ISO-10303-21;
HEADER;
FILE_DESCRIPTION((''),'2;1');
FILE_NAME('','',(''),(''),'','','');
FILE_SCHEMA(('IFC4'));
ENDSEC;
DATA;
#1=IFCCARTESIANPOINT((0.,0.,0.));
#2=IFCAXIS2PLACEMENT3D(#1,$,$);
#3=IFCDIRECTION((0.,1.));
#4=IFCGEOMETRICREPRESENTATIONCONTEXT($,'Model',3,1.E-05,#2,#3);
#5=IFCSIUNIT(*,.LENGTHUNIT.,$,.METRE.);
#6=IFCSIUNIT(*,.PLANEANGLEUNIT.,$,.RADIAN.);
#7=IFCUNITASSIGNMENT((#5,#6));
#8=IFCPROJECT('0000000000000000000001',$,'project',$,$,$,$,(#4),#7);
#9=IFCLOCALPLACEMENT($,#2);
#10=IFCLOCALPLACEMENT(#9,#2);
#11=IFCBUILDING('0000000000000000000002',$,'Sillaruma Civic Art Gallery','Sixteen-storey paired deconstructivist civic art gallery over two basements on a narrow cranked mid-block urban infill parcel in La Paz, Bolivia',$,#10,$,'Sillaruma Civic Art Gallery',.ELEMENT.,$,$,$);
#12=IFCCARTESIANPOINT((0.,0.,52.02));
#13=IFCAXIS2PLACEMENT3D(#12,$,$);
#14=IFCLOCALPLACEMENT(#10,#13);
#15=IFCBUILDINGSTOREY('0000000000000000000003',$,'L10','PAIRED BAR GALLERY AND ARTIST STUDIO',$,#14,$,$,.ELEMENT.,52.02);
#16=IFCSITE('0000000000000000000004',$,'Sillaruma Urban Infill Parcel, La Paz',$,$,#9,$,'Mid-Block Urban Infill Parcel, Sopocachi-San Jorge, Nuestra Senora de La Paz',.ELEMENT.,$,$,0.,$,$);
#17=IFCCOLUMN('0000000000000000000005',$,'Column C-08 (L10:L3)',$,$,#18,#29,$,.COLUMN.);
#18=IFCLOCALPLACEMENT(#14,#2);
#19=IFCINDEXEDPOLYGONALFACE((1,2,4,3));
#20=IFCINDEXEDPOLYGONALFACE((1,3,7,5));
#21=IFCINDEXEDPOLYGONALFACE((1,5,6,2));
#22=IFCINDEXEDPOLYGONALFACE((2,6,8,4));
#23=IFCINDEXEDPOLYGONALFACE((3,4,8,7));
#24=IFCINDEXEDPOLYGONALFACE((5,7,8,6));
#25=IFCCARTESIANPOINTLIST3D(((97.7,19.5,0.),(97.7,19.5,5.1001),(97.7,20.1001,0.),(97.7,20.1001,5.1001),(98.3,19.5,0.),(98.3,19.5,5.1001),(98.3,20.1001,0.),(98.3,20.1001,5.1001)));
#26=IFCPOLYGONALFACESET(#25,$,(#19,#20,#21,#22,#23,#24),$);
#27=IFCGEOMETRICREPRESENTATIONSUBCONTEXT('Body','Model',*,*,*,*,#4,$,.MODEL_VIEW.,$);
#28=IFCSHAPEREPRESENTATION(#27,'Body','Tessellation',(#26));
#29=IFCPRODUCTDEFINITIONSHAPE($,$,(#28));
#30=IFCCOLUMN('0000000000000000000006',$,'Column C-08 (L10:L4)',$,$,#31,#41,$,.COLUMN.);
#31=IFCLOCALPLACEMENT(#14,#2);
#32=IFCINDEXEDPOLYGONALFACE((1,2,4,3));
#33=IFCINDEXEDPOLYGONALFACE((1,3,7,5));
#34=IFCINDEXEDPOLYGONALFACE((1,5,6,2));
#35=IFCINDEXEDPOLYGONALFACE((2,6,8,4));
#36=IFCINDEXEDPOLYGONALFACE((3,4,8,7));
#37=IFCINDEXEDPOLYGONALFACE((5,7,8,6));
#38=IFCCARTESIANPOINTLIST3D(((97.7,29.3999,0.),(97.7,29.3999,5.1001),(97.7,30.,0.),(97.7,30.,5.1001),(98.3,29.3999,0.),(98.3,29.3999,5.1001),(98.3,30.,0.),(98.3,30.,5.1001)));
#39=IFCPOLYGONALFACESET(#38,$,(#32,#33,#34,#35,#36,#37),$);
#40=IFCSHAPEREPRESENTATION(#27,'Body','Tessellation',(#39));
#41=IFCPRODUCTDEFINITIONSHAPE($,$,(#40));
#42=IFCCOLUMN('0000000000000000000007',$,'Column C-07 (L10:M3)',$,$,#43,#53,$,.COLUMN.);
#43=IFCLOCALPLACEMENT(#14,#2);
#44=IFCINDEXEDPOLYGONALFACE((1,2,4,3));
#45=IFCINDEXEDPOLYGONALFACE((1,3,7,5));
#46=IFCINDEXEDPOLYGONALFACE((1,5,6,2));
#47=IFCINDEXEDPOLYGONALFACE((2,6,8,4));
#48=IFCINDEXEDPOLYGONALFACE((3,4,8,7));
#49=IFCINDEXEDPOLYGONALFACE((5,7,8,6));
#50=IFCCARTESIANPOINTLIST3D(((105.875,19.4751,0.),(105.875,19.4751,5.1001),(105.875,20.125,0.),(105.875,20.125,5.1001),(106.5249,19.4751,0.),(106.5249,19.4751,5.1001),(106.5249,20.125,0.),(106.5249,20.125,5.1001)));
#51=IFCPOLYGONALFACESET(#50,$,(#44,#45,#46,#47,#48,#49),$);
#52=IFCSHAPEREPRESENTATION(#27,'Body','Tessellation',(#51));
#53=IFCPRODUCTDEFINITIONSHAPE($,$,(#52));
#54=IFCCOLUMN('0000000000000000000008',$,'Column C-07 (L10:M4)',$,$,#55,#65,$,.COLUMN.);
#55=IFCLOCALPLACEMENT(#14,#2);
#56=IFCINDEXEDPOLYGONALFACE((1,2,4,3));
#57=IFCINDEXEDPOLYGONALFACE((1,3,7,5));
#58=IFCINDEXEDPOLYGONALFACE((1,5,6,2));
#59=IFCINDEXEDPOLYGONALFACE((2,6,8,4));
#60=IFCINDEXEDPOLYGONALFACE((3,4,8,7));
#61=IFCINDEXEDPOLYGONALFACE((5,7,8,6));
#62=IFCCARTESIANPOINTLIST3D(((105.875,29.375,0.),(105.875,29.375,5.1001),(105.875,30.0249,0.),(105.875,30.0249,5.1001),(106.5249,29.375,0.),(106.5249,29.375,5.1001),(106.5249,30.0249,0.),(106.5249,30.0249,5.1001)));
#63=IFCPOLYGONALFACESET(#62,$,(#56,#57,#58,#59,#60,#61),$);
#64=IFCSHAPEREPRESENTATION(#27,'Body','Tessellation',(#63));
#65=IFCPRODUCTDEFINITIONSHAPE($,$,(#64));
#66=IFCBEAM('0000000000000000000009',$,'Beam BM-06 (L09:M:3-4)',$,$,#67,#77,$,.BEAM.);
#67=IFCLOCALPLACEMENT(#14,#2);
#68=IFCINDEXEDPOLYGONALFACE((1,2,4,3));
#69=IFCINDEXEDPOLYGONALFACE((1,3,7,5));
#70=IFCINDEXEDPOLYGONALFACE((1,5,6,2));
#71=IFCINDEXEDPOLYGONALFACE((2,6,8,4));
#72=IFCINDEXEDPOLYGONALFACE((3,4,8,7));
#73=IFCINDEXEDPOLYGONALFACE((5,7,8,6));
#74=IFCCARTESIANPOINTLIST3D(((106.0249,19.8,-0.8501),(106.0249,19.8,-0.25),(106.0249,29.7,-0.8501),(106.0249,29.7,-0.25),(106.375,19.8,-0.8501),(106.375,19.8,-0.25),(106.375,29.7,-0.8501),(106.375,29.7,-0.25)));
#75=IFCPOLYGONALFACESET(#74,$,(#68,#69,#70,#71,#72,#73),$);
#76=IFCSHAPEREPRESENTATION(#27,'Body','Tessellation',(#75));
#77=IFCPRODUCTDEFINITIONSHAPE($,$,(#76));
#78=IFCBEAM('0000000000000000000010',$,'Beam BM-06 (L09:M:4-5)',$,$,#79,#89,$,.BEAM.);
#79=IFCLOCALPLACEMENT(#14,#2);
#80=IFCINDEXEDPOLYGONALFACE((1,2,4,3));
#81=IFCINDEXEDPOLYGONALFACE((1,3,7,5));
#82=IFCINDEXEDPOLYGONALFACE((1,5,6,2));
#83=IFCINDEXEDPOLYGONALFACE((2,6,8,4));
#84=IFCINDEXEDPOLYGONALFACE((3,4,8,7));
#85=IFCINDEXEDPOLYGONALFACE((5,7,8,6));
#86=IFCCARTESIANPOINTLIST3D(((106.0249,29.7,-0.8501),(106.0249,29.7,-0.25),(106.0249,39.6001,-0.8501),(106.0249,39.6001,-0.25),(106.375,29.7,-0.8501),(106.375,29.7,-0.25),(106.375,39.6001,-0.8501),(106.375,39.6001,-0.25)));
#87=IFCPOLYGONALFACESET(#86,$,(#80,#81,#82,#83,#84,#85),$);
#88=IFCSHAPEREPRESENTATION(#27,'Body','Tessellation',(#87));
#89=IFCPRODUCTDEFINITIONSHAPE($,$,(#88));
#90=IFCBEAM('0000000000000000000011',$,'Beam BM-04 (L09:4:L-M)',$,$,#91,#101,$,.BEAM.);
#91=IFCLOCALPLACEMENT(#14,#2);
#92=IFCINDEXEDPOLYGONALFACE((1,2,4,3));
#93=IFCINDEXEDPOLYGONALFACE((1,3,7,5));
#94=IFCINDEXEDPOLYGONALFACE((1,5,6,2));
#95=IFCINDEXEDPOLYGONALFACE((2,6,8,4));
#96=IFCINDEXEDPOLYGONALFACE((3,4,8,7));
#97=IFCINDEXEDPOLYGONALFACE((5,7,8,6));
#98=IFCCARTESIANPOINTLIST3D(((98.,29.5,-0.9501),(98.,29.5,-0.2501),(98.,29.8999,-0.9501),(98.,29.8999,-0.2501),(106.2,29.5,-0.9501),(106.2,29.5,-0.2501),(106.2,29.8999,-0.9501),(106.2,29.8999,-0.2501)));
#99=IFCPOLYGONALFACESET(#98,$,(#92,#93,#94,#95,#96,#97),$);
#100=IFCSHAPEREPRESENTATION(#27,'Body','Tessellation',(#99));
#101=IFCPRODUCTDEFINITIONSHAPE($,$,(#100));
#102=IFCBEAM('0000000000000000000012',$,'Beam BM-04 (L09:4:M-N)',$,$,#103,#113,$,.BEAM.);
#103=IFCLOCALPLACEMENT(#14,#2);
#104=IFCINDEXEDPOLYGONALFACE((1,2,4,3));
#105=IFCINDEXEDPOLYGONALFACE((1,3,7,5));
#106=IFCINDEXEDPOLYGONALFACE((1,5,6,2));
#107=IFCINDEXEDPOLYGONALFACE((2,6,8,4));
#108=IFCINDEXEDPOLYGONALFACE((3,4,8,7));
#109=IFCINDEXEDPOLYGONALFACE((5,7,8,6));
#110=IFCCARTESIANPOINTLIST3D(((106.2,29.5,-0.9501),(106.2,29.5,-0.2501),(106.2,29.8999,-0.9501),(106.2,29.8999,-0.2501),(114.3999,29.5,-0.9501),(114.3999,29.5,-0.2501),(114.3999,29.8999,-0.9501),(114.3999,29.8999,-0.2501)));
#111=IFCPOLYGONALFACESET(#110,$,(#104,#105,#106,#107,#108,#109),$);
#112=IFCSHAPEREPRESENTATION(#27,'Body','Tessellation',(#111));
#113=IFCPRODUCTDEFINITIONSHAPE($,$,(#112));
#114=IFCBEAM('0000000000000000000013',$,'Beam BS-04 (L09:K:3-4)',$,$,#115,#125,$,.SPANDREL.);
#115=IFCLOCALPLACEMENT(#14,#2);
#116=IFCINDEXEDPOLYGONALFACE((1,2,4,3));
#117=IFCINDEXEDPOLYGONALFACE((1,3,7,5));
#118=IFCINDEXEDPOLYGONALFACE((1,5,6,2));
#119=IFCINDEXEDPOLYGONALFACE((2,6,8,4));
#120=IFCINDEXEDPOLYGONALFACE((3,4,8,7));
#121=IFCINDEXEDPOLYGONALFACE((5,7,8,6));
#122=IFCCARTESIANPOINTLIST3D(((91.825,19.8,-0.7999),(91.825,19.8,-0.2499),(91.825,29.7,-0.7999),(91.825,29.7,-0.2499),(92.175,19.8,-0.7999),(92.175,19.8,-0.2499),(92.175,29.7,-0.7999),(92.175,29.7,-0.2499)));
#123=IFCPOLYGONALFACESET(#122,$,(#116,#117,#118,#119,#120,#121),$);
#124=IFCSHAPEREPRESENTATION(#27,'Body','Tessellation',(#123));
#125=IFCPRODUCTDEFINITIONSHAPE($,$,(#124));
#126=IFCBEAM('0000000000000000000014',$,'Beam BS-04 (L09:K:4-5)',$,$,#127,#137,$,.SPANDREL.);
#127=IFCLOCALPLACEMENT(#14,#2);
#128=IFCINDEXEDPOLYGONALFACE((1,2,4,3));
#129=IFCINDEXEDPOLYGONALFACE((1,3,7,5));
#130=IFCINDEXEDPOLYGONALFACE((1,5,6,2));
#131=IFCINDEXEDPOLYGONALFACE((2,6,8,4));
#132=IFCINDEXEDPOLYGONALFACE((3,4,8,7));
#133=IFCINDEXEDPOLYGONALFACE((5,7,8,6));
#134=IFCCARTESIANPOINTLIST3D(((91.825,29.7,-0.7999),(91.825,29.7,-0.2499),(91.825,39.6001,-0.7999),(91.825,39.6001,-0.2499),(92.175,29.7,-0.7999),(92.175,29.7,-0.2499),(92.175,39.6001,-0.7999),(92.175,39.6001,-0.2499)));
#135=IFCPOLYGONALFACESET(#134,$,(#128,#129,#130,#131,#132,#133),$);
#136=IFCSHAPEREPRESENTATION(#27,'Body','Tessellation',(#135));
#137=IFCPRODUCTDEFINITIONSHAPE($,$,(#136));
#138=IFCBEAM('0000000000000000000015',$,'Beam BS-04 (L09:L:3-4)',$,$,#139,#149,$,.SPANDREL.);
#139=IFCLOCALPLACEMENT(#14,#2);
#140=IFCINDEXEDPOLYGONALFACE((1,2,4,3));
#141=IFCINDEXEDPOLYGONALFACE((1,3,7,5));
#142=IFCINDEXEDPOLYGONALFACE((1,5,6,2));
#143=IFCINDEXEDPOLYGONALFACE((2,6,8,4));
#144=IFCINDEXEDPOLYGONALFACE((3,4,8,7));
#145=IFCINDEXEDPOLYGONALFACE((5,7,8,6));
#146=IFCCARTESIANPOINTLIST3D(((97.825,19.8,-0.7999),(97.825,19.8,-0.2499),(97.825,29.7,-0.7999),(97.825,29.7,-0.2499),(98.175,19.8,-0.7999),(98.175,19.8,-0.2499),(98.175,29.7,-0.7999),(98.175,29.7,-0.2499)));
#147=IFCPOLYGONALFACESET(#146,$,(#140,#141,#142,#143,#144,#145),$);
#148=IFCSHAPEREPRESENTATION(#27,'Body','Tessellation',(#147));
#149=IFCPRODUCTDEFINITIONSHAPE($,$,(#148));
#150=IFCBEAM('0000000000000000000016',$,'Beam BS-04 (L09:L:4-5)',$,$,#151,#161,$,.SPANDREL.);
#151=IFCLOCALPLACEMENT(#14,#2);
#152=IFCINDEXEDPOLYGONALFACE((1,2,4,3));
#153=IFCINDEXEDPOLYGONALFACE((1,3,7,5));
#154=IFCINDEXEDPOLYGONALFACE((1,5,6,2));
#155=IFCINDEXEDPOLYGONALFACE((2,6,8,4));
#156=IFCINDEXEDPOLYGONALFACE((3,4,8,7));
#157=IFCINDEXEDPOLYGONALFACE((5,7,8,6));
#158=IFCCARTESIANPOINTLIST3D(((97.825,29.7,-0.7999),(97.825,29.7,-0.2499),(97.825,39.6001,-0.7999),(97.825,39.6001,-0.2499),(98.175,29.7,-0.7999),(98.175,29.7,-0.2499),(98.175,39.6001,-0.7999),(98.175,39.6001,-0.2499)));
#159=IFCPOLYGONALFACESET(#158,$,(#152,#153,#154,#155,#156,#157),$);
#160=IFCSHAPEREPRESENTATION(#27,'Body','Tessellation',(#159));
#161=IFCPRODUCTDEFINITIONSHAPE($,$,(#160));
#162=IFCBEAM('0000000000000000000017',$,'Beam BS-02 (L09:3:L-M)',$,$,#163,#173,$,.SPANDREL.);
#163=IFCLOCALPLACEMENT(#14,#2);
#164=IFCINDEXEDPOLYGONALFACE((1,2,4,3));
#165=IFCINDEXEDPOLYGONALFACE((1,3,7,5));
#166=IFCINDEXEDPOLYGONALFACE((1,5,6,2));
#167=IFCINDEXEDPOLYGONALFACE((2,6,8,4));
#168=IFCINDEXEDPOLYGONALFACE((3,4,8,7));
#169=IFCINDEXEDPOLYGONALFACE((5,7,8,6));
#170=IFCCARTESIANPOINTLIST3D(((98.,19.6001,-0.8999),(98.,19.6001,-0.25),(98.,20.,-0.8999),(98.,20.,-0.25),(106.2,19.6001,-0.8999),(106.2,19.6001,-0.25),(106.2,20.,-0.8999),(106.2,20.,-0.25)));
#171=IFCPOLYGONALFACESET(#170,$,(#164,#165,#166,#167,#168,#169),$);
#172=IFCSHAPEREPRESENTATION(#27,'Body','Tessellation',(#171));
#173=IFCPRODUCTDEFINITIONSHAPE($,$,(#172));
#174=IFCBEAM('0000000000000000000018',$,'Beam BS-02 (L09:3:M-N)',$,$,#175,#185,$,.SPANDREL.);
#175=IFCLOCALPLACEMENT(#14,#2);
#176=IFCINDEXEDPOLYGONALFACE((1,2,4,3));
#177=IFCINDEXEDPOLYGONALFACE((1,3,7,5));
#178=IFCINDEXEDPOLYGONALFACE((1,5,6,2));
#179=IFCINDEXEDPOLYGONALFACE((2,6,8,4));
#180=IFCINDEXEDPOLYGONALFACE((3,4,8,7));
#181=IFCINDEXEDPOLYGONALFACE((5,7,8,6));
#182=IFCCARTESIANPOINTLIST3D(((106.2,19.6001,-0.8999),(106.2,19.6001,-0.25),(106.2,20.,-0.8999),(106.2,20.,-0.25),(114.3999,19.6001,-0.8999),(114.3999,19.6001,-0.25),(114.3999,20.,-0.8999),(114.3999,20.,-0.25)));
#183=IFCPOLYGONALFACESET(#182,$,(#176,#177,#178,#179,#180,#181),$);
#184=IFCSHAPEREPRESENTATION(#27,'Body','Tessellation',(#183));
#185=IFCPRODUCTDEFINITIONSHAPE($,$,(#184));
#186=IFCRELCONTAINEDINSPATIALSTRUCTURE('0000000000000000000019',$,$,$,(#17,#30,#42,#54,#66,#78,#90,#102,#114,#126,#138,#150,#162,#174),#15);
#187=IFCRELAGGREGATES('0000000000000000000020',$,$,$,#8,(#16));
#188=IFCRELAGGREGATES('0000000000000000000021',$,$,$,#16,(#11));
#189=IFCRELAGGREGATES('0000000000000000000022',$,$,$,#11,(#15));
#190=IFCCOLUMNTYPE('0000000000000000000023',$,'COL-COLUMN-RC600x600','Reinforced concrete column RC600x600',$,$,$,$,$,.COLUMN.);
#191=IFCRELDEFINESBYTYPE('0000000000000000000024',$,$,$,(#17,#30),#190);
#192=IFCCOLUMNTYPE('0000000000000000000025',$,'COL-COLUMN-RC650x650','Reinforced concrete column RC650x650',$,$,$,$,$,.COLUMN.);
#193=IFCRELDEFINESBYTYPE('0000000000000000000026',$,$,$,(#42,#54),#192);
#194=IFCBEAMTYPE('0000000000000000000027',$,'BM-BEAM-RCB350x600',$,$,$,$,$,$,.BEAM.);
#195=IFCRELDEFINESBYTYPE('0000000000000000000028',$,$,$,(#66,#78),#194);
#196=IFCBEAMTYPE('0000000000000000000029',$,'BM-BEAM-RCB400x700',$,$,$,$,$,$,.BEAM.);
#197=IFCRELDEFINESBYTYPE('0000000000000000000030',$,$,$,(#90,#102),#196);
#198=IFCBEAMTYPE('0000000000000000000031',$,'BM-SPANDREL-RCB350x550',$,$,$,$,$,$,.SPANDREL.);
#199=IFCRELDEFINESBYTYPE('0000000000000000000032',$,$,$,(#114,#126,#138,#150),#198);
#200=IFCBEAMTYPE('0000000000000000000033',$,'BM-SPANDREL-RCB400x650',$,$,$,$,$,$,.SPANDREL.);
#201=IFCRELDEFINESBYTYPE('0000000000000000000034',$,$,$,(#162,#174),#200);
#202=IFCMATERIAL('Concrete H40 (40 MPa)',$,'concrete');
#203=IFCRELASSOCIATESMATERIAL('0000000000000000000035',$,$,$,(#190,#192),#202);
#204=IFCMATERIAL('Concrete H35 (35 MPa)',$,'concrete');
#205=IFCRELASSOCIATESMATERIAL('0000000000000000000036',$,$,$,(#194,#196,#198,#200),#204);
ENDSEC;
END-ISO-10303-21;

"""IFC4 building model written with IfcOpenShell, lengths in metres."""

from ifc_helpers import new_model, si_unit, direction, frame, origin, origin_2d, place, context, subcontext, project, spatial, rectangle, extrude, material, material_profile, profile_set, type_object, element, save


model = new_model("IFC4")

# Units and contexts
model_context = context("Model", 3, precision=1e-05, world=origin(), true_north=direction((0.0, 1.0)))
body_context = subcontext(model_context, "Body", "Model", "MODEL_VIEW")
ifc_project = project(units=[si_unit("LENGTHUNIT", "METRE"), si_unit("PLANEANGLEUNIT", "RADIAN")], contexts=[model_context])

# Site, building, storey
site_placement = place(None, origin())
site = spatial("IfcSite", under=ifc_project, at=site_placement, Name="Sillaruma Urban Infill Parcel, La Paz", LongName="Mid-Block Urban Infill Parcel, Sopocachi-San Jorge, Nuestra Senora de La Paz", CompositionType="ELEMENT", RefElevation=0.0)
building_placement = place(site_placement, origin())
building = spatial("IfcBuilding", under=site, at=building_placement, Name="Sillaruma Civic Art Gallery", Description="Sixteen-storey paired deconstructivist civic art gallery over two basements on a narrow cranked mid-block urban infill parcel in La Paz, Bolivia", LongName="Sillaruma Civic Art Gallery", CompositionType="ELEMENT")
storey_placement = place(building_placement, frame((0.0, 0.0, 52.02)))
storey = spatial("IfcBuildingStorey", under=building, at=storey_placement, Name="L10", Description="PAIRED BAR GALLERY AND ARTIST STUDIO", CompositionType="ELEMENT", Elevation=52.02)

# Columns
ifc_material_1 = material(Name="Concrete H40 (40 MPa)", Category="concrete")
ifc_material_profile_1 = material_profile(ifc_material_1, rectangle(XDim=0.6001, YDim=0.6001, at=origin_2d()), Name="RC600x600")
ifc_profile_set_1 = profile_set([ifc_material_profile_1], Name="Concrete H40 (40 MPa)")
column_type_1 = type_object("IfcColumnType", Name="COL-COLUMN-RC600x600", Description="Reinforced concrete column RC600x600", PredefinedType="COLUMN", material=ifc_profile_set_1)
for number, where, z_axis, x_axis, name in (
    (1, (98.0, 19.8, 0.0), (0.0, 0.0, 1.0), (1.0, 0.0, 0.0), "Column C-08 (L10:L3)"),
    (2, (98.0, 29.7, 0.0), (0.0, 0.0, 1.0), (1.0, 0.0, 0.0), "Column C-08 (L10:L4)"),
):
    element("IfcColumn", number, at=place(storey_placement, frame(where, z_axis=z_axis, x_axis=x_axis)), inside=storey, type_object=column_type_1, Name=name, PredefinedType="COLUMN", context=body_context, shape_type="SweptSolid", body=[
        extrude(rectangle(XDim=0.6001, YDim=0.6001, at=origin_2d()), origin(), (0.0, 0.0, 1.0), 5.1001),
    ])
ifc_material_profile_2 = material_profile(ifc_material_1, rectangle(XDim=0.6499, YDim=0.6499, at=origin_2d()), Name="RC650x650")
ifc_profile_set_2 = profile_set([ifc_material_profile_2], Name="Concrete H40 (40 MPa)")
column_type_2 = type_object("IfcColumnType", Name="COL-COLUMN-RC650x650", Description="Reinforced concrete column RC650x650", PredefinedType="COLUMN", material=ifc_profile_set_2)
for number, where, z_axis, x_axis, name in (
    (3, (106.2, 19.8, 0.0), (0.0, 0.0, 1.0), (1.0, 0.0, 0.0), "Column C-07 (L10:M3)"),
    (4, (106.2, 29.7, 0.0), (0.0, 0.0, 1.0), (1.0, 0.0, 0.0), "Column C-07 (L10:M4)"),
):
    element("IfcColumn", number, at=place(storey_placement, frame(where, z_axis=z_axis, x_axis=x_axis)), inside=storey, type_object=column_type_2, Name=name, PredefinedType="COLUMN", context=body_context, shape_type="SweptSolid", body=[
        extrude(rectangle(XDim=0.6499, YDim=0.6499, at=origin_2d()), origin(), (0.0, 0.0, 1.0), 5.1001),
    ])

# Beams
ifc_material_2 = material(Name="Concrete H35 (35 MPa)", Category="concrete")
ifc_material_profile_3 = material_profile(ifc_material_2, rectangle(XDim=0.3501, YDim=0.6001, at=origin_2d()), Name="RCB350x600")
ifc_profile_set_3 = profile_set([ifc_material_profile_3], Name="Concrete H35 (35 MPa)")
beam_type_1 = type_object("IfcBeamType", Name="BM-BEAM-RCB350x600", PredefinedType="BEAM", material=ifc_profile_set_3)
beam_1_placement = place(storey_placement, frame((106.2, 19.8, -0.55), z_axis=(0.0, 1.0, 0.0), x_axis=(-1.0, 0.0, 0.0)))
element("IfcBeam", 5, at=beam_1_placement, inside=storey, type_object=beam_type_1, Name="Beam BM-06 (L09:M:3-4)", PredefinedType="BEAM", context=body_context, shape_type="SweptSolid", body=[
    extrude(rectangle(XDim=0.3501, YDim=0.6001, at=origin_2d()), origin(), (0.0, 0.0, 1.0), 9.8999),
])
beam_2_placement = place(storey_placement, frame((106.2, 29.7, -0.55), z_axis=(0.0, 1.0, 0.0), x_axis=(-1.0, 0.0, 0.0)))
element("IfcBeam", 6, at=beam_2_placement, inside=storey, type_object=beam_type_1, Name="Beam BM-06 (L09:M:4-5)", PredefinedType="BEAM", context=body_context, shape_type="SweptSolid", body=[
    extrude(rectangle(XDim=0.3501, YDim=0.6001, at=origin_2d()), origin(), (0.0, 0.0, 1.0), 9.9001),
])
ifc_material_profile_4 = material_profile(ifc_material_2, rectangle(XDim=0.3999, YDim=0.7, at=origin_2d()), Name="RCB400x700")
ifc_profile_set_4 = profile_set([ifc_material_profile_4], Name="Concrete H35 (35 MPa)")
beam_type_2 = type_object("IfcBeamType", Name="BM-BEAM-RCB400x700", PredefinedType="BEAM", material=ifc_profile_set_4)
for number, where, z_axis, x_axis, name in (
    (7, (98.0, 29.7, -0.6001), (1.0, 0.0, 0.0), (0.0, 1.0, 0.0), "Beam BM-04 (L09:4:L-M)"),
    (8, (106.2, 29.7, -0.6001), (1.0, 0.0, 0.0), (0.0, 1.0, 0.0), "Beam BM-04 (L09:4:M-N)"),
):
    element("IfcBeam", number, at=place(storey_placement, frame(where, z_axis=z_axis, x_axis=x_axis)), inside=storey, type_object=beam_type_2, Name=name, PredefinedType="BEAM", context=body_context, shape_type="SweptSolid", body=[
        extrude(rectangle(XDim=0.3999, YDim=0.7, at=origin_2d()), origin(), (0.0, 0.0, 1.0), 8.2),
    ])
ifc_material_profile_5 = material_profile(ifc_material_2, rectangle(XDim=0.3501, YDim=0.55, at=origin_2d()), Name="RCB350x550")
ifc_profile_set_5 = profile_set([ifc_material_profile_5], Name="Concrete H35 (35 MPa)")
beam_type_3 = type_object("IfcBeamType", Name="BM-SPANDREL-RCB350x550", PredefinedType="SPANDREL", material=ifc_profile_set_5)
beam_3_placement = place(storey_placement, frame((92.0, 19.8, -0.5249), z_axis=(0.0, 1.0, 0.0), x_axis=(-1.0, 0.0, 0.0)))
element("IfcBeam", 9, at=beam_3_placement, inside=storey, type_object=beam_type_3, Name="Beam BS-04 (L09:K:3-4)", PredefinedType="SPANDREL", context=body_context, shape_type="SweptSolid", body=[
    extrude(rectangle(XDim=0.3501, YDim=0.55, at=origin_2d()), origin(), (0.0, 0.0, 1.0), 9.8999),
])
beam_4_placement = place(storey_placement, frame((92.0, 29.7, -0.5249), z_axis=(0.0, 1.0, 0.0), x_axis=(-1.0, 0.0, 0.0)))
element("IfcBeam", 10, at=beam_4_placement, inside=storey, type_object=beam_type_3, Name="Beam BS-04 (L09:K:4-5)", PredefinedType="SPANDREL", context=body_context, shape_type="SweptSolid", body=[
    extrude(rectangle(XDim=0.3501, YDim=0.55, at=origin_2d()), origin(), (0.0, 0.0, 1.0), 9.9001),
])
beam_5_placement = place(storey_placement, frame((98.0, 19.8, -0.5249), z_axis=(0.0, 1.0, 0.0), x_axis=(-1.0, 0.0, 0.0)))
element("IfcBeam", 11, at=beam_5_placement, inside=storey, type_object=beam_type_3, Name="Beam BS-04 (L09:L:3-4)", PredefinedType="SPANDREL", context=body_context, shape_type="SweptSolid", body=[
    extrude(rectangle(XDim=0.3501, YDim=0.55, at=origin_2d()), origin(), (0.0, 0.0, 1.0), 9.8999),
])
beam_6_placement = place(storey_placement, frame((98.0, 29.7, -0.5249), z_axis=(0.0, 1.0, 0.0), x_axis=(-1.0, 0.0, 0.0)))
element("IfcBeam", 12, at=beam_6_placement, inside=storey, type_object=beam_type_3, Name="Beam BS-04 (L09:L:4-5)", PredefinedType="SPANDREL", context=body_context, shape_type="SweptSolid", body=[
    extrude(rectangle(XDim=0.3501, YDim=0.55, at=origin_2d()), origin(), (0.0, 0.0, 1.0), 9.9001),
])
ifc_material_profile_6 = material_profile(ifc_material_2, rectangle(XDim=0.3999, YDim=0.6499, at=origin_2d()), Name="RCB400x650")
ifc_profile_set_6 = profile_set([ifc_material_profile_6], Name="Concrete H35 (35 MPa)")
beam_type_4 = type_object("IfcBeamType", Name="BM-SPANDREL-RCB400x650", PredefinedType="SPANDREL", material=ifc_profile_set_6)
for number, where, z_axis, x_axis, name in (
    (13, (98.0, 19.8, -0.575), (1.0, 0.0, 0.0), (0.0, 1.0, 0.0), "Beam BS-02 (L09:3:L-M)"),
    (14, (106.2, 19.8, -0.575), (1.0, 0.0, 0.0), (0.0, 1.0, 0.0), "Beam BS-02 (L09:3:M-N)"),
):
    element("IfcBeam", number, at=place(storey_placement, frame(where, z_axis=z_axis, x_axis=x_axis)), inside=storey, type_object=beam_type_4, Name=name, PredefinedType="SPANDREL", context=body_context, shape_type="SweptSolid", body=[
        extrude(rectangle(XDim=0.3999, YDim=0.6499, at=origin_2d()), origin(), (0.0, 0.0, 1.0), 8.2),
    ])

save(model, "model.ifc")
